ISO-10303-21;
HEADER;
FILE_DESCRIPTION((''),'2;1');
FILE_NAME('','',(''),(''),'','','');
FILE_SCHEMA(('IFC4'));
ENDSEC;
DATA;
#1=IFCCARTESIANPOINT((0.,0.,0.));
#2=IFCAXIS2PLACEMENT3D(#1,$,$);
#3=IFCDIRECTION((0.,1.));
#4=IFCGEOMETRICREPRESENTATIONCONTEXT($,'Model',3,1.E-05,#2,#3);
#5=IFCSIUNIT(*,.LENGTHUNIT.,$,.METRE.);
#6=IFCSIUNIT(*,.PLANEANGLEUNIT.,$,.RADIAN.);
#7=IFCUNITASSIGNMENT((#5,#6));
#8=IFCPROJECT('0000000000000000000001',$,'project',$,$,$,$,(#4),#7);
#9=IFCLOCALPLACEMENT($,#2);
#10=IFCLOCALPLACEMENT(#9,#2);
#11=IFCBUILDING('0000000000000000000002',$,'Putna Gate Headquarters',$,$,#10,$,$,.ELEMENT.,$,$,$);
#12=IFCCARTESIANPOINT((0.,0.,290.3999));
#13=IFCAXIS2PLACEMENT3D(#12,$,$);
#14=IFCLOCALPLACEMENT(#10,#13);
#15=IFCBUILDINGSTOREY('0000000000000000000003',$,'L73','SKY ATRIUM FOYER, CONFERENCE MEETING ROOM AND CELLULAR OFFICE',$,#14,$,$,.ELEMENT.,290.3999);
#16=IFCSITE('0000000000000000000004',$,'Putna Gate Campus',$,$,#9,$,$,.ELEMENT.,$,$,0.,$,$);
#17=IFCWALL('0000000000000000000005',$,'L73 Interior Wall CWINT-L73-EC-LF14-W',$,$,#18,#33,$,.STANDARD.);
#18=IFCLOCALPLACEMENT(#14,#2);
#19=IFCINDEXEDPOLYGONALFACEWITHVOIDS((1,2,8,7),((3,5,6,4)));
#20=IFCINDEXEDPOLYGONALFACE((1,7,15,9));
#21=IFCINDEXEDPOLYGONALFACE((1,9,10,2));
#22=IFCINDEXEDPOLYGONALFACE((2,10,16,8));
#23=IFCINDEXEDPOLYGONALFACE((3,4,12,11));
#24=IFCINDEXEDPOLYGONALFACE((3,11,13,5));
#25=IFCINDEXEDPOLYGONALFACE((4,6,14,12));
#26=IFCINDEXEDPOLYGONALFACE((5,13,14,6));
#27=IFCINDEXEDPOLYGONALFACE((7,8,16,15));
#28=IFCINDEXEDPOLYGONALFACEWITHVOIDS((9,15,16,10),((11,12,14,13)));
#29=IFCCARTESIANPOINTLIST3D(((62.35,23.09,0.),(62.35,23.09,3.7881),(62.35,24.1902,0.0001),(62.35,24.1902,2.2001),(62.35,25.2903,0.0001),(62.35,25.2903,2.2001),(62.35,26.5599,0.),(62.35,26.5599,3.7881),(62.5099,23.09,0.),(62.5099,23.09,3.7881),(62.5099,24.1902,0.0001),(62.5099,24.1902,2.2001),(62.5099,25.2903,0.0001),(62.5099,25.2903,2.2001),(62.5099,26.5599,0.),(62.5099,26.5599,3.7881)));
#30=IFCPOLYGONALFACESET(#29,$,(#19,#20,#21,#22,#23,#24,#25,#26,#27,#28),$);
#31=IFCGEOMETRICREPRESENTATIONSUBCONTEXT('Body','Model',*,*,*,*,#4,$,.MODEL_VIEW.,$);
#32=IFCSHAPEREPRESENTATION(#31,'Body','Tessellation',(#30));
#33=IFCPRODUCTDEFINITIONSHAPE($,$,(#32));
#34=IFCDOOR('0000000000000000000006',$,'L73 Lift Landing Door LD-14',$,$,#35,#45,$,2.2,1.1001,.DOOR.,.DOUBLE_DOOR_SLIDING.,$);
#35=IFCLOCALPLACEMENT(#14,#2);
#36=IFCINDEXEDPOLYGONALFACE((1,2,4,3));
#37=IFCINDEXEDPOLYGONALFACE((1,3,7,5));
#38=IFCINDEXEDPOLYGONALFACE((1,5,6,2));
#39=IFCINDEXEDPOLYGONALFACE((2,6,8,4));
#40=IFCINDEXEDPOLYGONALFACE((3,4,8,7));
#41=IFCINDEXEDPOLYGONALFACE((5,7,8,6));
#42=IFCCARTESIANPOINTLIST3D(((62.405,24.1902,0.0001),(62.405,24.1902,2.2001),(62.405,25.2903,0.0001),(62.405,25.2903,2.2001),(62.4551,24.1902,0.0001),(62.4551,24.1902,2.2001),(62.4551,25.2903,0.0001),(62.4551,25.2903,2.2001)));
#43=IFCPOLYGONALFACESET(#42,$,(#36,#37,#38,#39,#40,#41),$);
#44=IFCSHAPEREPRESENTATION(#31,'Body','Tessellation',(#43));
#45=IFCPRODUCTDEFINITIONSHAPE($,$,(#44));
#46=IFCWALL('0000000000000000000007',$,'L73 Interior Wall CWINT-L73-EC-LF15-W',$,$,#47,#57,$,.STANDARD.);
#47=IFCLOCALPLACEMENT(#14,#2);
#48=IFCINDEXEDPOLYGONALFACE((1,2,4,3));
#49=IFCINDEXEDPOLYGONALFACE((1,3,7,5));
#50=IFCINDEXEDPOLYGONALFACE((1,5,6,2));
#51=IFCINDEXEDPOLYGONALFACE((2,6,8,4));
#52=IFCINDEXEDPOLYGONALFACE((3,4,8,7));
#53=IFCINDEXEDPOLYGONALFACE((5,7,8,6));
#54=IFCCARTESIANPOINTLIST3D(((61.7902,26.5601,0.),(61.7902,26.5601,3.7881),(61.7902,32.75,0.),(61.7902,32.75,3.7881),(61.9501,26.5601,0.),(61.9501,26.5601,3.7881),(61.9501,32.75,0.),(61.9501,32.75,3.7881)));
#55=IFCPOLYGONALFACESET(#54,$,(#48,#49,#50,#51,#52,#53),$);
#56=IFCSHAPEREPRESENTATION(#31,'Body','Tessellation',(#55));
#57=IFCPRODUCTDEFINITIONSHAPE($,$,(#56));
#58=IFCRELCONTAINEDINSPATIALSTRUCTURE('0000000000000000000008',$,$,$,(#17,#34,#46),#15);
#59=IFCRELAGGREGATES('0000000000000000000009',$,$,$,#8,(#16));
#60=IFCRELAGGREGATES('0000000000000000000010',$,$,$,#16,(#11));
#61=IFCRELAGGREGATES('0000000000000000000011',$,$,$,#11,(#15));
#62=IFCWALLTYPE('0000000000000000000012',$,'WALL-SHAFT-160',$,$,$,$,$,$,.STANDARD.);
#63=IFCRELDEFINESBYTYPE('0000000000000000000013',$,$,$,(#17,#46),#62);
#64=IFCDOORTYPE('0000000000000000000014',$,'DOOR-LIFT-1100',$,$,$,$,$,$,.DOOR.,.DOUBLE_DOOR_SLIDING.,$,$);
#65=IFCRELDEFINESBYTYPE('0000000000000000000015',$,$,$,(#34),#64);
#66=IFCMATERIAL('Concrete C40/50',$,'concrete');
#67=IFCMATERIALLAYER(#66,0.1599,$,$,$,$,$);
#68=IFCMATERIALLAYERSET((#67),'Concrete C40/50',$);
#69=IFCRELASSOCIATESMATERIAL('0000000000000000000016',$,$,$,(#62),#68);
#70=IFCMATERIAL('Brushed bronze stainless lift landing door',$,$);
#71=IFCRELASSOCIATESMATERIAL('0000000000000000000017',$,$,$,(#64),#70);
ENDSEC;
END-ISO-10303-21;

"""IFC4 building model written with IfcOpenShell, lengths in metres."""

from ifc_helpers import new_model, si_unit, direction, frame, frame_2d, origin, place, context, subcontext, project, spatial, rectangle, extrude, material, layer, layer_set, type_object, element, fill, save


model = new_model("IFC4")

# Units and contexts
model_context = context("Model", 3, precision=1e-05, world=origin(), true_north=direction((0.0, 1.0)))
body_context = subcontext(model_context, "Body", "Model", "MODEL_VIEW")
ifc_project = project(units=[si_unit("LENGTHUNIT", "METRE"), si_unit("PLANEANGLEUNIT", "RADIAN")], contexts=[model_context])

# Site, building, storey
site_placement = place(None, origin())
site = spatial("IfcSite", under=ifc_project, at=site_placement, Name="Putna Gate Campus", CompositionType="ELEMENT", RefElevation=0.0)
building_placement = place(site_placement, origin())
building = spatial("IfcBuilding", under=site, at=building_placement, Name="Putna Gate Headquarters", CompositionType="ELEMENT")
storey_placement = place(building_placement, frame((0.0, 0.0, 290.3999)))
storey = spatial("IfcBuildingStorey", under=building, at=storey_placement, Name="L73", Description="SKY ATRIUM FOYER, CONFERENCE MEETING ROOM AND CELLULAR OFFICE", CompositionType="ELEMENT", Elevation=290.3999)

# Wall, opening, door
ifc_material_1 = material(Name="Concrete C40/50", Category="concrete")
ifc_layer_1 = layer(ifc_material_1, 0.1599)
ifc_layer_set_1 = layer_set([ifc_layer_1], Name="Concrete C40/50")
wall_type_1 = type_object("IfcWallType", Name="WALL-SHAFT-160", PredefinedType="STANDARD", material=ifc_layer_set_1)
wall_1_placement = place(storey_placement, frame((62.4299, 23.0901, 0.0), z_axis=(0.0, 0.0, 1.0), x_axis=(0.0, 1.0, 0.0)))
wall_1 = element("IfcWall", 1, at=wall_1_placement, inside=storey, type_object=wall_type_1, Name="L73 Interior Wall CWINT-L73-EC-LF14-W", PredefinedType="STANDARD", context=body_context, shape_type="SweptSolid", body=[
    extrude(rectangle(XDim=3.47, YDim=0.1599, at=frame_2d((1.7349, 0.0))), origin(), (0.0, 0.0, 1.0), 3.7881),
])
opening_placement = place(wall_1_placement, frame((1.1001, 0.0, 0.0)))
opening = element("IfcOpeningElement", 2, at=opening_placement, cuts=wall_1, PredefinedType="OPENING", context=body_context, shape_type="SweptSolid", body=[
    extrude(rectangle(XDim=1.1001, YDim=2.2, at=frame_2d((0.55, 1.1001))), frame((0.0, 0.0898, 0.0), z_axis=(0.0, -1.0, 0.0), x_axis=(1.0, 0.0, 0.0)), (0.0, 0.0, 1.0), 0.1799),
])
ifc_material_2 = material(Name="Brushed bronze stainless lift landing door")
door_type = type_object("IfcDoorType", Name="DOOR-LIFT-1100", OperationType="DOUBLE_DOOR_SLIDING", PredefinedType="DOOR", material=ifc_material_2)
door_placement = place(opening_placement, origin())
door = element("IfcDoor", 3, at=door_placement, inside=storey, type_object=door_type, Name="L73 Lift Landing Door LD-14", OperationType="DOUBLE_DOOR_SLIDING", OverallHeight=2.2, OverallWidth=1.1001, PredefinedType="DOOR", context=body_context, shape_type="SweptSolid", body=[
    extrude(rectangle(XDim=1.1001, YDim=2.2, at=frame_2d((0.55, 1.1001))), frame((0.0, 0.0249, 0.0), z_axis=(0.0, -1.0, 0.0), x_axis=(1.0, 0.0, 0.0)), (0.0, 0.0, 1.0), 0.05),
])
fill(opening, door)

# Wall
wall_2_placement = place(storey_placement, frame((61.8701, 26.5601, 0.0), z_axis=(0.0, 0.0, 1.0), x_axis=(0.0, 1.0, 0.0)))
element("IfcWall", 4, at=wall_2_placement, inside=storey, type_object=wall_type_1, Name="L73 Interior Wall CWINT-L73-EC-LF15-W", PredefinedType="STANDARD", context=body_context, shape_type="SweptSolid", body=[
    extrude(rectangle(XDim=6.1899, YDim=0.1599, at=frame_2d((3.095, 0.0))), origin(), (0.0, 0.0, 1.0), 3.7881),
])

save(model, "model.ifc")
